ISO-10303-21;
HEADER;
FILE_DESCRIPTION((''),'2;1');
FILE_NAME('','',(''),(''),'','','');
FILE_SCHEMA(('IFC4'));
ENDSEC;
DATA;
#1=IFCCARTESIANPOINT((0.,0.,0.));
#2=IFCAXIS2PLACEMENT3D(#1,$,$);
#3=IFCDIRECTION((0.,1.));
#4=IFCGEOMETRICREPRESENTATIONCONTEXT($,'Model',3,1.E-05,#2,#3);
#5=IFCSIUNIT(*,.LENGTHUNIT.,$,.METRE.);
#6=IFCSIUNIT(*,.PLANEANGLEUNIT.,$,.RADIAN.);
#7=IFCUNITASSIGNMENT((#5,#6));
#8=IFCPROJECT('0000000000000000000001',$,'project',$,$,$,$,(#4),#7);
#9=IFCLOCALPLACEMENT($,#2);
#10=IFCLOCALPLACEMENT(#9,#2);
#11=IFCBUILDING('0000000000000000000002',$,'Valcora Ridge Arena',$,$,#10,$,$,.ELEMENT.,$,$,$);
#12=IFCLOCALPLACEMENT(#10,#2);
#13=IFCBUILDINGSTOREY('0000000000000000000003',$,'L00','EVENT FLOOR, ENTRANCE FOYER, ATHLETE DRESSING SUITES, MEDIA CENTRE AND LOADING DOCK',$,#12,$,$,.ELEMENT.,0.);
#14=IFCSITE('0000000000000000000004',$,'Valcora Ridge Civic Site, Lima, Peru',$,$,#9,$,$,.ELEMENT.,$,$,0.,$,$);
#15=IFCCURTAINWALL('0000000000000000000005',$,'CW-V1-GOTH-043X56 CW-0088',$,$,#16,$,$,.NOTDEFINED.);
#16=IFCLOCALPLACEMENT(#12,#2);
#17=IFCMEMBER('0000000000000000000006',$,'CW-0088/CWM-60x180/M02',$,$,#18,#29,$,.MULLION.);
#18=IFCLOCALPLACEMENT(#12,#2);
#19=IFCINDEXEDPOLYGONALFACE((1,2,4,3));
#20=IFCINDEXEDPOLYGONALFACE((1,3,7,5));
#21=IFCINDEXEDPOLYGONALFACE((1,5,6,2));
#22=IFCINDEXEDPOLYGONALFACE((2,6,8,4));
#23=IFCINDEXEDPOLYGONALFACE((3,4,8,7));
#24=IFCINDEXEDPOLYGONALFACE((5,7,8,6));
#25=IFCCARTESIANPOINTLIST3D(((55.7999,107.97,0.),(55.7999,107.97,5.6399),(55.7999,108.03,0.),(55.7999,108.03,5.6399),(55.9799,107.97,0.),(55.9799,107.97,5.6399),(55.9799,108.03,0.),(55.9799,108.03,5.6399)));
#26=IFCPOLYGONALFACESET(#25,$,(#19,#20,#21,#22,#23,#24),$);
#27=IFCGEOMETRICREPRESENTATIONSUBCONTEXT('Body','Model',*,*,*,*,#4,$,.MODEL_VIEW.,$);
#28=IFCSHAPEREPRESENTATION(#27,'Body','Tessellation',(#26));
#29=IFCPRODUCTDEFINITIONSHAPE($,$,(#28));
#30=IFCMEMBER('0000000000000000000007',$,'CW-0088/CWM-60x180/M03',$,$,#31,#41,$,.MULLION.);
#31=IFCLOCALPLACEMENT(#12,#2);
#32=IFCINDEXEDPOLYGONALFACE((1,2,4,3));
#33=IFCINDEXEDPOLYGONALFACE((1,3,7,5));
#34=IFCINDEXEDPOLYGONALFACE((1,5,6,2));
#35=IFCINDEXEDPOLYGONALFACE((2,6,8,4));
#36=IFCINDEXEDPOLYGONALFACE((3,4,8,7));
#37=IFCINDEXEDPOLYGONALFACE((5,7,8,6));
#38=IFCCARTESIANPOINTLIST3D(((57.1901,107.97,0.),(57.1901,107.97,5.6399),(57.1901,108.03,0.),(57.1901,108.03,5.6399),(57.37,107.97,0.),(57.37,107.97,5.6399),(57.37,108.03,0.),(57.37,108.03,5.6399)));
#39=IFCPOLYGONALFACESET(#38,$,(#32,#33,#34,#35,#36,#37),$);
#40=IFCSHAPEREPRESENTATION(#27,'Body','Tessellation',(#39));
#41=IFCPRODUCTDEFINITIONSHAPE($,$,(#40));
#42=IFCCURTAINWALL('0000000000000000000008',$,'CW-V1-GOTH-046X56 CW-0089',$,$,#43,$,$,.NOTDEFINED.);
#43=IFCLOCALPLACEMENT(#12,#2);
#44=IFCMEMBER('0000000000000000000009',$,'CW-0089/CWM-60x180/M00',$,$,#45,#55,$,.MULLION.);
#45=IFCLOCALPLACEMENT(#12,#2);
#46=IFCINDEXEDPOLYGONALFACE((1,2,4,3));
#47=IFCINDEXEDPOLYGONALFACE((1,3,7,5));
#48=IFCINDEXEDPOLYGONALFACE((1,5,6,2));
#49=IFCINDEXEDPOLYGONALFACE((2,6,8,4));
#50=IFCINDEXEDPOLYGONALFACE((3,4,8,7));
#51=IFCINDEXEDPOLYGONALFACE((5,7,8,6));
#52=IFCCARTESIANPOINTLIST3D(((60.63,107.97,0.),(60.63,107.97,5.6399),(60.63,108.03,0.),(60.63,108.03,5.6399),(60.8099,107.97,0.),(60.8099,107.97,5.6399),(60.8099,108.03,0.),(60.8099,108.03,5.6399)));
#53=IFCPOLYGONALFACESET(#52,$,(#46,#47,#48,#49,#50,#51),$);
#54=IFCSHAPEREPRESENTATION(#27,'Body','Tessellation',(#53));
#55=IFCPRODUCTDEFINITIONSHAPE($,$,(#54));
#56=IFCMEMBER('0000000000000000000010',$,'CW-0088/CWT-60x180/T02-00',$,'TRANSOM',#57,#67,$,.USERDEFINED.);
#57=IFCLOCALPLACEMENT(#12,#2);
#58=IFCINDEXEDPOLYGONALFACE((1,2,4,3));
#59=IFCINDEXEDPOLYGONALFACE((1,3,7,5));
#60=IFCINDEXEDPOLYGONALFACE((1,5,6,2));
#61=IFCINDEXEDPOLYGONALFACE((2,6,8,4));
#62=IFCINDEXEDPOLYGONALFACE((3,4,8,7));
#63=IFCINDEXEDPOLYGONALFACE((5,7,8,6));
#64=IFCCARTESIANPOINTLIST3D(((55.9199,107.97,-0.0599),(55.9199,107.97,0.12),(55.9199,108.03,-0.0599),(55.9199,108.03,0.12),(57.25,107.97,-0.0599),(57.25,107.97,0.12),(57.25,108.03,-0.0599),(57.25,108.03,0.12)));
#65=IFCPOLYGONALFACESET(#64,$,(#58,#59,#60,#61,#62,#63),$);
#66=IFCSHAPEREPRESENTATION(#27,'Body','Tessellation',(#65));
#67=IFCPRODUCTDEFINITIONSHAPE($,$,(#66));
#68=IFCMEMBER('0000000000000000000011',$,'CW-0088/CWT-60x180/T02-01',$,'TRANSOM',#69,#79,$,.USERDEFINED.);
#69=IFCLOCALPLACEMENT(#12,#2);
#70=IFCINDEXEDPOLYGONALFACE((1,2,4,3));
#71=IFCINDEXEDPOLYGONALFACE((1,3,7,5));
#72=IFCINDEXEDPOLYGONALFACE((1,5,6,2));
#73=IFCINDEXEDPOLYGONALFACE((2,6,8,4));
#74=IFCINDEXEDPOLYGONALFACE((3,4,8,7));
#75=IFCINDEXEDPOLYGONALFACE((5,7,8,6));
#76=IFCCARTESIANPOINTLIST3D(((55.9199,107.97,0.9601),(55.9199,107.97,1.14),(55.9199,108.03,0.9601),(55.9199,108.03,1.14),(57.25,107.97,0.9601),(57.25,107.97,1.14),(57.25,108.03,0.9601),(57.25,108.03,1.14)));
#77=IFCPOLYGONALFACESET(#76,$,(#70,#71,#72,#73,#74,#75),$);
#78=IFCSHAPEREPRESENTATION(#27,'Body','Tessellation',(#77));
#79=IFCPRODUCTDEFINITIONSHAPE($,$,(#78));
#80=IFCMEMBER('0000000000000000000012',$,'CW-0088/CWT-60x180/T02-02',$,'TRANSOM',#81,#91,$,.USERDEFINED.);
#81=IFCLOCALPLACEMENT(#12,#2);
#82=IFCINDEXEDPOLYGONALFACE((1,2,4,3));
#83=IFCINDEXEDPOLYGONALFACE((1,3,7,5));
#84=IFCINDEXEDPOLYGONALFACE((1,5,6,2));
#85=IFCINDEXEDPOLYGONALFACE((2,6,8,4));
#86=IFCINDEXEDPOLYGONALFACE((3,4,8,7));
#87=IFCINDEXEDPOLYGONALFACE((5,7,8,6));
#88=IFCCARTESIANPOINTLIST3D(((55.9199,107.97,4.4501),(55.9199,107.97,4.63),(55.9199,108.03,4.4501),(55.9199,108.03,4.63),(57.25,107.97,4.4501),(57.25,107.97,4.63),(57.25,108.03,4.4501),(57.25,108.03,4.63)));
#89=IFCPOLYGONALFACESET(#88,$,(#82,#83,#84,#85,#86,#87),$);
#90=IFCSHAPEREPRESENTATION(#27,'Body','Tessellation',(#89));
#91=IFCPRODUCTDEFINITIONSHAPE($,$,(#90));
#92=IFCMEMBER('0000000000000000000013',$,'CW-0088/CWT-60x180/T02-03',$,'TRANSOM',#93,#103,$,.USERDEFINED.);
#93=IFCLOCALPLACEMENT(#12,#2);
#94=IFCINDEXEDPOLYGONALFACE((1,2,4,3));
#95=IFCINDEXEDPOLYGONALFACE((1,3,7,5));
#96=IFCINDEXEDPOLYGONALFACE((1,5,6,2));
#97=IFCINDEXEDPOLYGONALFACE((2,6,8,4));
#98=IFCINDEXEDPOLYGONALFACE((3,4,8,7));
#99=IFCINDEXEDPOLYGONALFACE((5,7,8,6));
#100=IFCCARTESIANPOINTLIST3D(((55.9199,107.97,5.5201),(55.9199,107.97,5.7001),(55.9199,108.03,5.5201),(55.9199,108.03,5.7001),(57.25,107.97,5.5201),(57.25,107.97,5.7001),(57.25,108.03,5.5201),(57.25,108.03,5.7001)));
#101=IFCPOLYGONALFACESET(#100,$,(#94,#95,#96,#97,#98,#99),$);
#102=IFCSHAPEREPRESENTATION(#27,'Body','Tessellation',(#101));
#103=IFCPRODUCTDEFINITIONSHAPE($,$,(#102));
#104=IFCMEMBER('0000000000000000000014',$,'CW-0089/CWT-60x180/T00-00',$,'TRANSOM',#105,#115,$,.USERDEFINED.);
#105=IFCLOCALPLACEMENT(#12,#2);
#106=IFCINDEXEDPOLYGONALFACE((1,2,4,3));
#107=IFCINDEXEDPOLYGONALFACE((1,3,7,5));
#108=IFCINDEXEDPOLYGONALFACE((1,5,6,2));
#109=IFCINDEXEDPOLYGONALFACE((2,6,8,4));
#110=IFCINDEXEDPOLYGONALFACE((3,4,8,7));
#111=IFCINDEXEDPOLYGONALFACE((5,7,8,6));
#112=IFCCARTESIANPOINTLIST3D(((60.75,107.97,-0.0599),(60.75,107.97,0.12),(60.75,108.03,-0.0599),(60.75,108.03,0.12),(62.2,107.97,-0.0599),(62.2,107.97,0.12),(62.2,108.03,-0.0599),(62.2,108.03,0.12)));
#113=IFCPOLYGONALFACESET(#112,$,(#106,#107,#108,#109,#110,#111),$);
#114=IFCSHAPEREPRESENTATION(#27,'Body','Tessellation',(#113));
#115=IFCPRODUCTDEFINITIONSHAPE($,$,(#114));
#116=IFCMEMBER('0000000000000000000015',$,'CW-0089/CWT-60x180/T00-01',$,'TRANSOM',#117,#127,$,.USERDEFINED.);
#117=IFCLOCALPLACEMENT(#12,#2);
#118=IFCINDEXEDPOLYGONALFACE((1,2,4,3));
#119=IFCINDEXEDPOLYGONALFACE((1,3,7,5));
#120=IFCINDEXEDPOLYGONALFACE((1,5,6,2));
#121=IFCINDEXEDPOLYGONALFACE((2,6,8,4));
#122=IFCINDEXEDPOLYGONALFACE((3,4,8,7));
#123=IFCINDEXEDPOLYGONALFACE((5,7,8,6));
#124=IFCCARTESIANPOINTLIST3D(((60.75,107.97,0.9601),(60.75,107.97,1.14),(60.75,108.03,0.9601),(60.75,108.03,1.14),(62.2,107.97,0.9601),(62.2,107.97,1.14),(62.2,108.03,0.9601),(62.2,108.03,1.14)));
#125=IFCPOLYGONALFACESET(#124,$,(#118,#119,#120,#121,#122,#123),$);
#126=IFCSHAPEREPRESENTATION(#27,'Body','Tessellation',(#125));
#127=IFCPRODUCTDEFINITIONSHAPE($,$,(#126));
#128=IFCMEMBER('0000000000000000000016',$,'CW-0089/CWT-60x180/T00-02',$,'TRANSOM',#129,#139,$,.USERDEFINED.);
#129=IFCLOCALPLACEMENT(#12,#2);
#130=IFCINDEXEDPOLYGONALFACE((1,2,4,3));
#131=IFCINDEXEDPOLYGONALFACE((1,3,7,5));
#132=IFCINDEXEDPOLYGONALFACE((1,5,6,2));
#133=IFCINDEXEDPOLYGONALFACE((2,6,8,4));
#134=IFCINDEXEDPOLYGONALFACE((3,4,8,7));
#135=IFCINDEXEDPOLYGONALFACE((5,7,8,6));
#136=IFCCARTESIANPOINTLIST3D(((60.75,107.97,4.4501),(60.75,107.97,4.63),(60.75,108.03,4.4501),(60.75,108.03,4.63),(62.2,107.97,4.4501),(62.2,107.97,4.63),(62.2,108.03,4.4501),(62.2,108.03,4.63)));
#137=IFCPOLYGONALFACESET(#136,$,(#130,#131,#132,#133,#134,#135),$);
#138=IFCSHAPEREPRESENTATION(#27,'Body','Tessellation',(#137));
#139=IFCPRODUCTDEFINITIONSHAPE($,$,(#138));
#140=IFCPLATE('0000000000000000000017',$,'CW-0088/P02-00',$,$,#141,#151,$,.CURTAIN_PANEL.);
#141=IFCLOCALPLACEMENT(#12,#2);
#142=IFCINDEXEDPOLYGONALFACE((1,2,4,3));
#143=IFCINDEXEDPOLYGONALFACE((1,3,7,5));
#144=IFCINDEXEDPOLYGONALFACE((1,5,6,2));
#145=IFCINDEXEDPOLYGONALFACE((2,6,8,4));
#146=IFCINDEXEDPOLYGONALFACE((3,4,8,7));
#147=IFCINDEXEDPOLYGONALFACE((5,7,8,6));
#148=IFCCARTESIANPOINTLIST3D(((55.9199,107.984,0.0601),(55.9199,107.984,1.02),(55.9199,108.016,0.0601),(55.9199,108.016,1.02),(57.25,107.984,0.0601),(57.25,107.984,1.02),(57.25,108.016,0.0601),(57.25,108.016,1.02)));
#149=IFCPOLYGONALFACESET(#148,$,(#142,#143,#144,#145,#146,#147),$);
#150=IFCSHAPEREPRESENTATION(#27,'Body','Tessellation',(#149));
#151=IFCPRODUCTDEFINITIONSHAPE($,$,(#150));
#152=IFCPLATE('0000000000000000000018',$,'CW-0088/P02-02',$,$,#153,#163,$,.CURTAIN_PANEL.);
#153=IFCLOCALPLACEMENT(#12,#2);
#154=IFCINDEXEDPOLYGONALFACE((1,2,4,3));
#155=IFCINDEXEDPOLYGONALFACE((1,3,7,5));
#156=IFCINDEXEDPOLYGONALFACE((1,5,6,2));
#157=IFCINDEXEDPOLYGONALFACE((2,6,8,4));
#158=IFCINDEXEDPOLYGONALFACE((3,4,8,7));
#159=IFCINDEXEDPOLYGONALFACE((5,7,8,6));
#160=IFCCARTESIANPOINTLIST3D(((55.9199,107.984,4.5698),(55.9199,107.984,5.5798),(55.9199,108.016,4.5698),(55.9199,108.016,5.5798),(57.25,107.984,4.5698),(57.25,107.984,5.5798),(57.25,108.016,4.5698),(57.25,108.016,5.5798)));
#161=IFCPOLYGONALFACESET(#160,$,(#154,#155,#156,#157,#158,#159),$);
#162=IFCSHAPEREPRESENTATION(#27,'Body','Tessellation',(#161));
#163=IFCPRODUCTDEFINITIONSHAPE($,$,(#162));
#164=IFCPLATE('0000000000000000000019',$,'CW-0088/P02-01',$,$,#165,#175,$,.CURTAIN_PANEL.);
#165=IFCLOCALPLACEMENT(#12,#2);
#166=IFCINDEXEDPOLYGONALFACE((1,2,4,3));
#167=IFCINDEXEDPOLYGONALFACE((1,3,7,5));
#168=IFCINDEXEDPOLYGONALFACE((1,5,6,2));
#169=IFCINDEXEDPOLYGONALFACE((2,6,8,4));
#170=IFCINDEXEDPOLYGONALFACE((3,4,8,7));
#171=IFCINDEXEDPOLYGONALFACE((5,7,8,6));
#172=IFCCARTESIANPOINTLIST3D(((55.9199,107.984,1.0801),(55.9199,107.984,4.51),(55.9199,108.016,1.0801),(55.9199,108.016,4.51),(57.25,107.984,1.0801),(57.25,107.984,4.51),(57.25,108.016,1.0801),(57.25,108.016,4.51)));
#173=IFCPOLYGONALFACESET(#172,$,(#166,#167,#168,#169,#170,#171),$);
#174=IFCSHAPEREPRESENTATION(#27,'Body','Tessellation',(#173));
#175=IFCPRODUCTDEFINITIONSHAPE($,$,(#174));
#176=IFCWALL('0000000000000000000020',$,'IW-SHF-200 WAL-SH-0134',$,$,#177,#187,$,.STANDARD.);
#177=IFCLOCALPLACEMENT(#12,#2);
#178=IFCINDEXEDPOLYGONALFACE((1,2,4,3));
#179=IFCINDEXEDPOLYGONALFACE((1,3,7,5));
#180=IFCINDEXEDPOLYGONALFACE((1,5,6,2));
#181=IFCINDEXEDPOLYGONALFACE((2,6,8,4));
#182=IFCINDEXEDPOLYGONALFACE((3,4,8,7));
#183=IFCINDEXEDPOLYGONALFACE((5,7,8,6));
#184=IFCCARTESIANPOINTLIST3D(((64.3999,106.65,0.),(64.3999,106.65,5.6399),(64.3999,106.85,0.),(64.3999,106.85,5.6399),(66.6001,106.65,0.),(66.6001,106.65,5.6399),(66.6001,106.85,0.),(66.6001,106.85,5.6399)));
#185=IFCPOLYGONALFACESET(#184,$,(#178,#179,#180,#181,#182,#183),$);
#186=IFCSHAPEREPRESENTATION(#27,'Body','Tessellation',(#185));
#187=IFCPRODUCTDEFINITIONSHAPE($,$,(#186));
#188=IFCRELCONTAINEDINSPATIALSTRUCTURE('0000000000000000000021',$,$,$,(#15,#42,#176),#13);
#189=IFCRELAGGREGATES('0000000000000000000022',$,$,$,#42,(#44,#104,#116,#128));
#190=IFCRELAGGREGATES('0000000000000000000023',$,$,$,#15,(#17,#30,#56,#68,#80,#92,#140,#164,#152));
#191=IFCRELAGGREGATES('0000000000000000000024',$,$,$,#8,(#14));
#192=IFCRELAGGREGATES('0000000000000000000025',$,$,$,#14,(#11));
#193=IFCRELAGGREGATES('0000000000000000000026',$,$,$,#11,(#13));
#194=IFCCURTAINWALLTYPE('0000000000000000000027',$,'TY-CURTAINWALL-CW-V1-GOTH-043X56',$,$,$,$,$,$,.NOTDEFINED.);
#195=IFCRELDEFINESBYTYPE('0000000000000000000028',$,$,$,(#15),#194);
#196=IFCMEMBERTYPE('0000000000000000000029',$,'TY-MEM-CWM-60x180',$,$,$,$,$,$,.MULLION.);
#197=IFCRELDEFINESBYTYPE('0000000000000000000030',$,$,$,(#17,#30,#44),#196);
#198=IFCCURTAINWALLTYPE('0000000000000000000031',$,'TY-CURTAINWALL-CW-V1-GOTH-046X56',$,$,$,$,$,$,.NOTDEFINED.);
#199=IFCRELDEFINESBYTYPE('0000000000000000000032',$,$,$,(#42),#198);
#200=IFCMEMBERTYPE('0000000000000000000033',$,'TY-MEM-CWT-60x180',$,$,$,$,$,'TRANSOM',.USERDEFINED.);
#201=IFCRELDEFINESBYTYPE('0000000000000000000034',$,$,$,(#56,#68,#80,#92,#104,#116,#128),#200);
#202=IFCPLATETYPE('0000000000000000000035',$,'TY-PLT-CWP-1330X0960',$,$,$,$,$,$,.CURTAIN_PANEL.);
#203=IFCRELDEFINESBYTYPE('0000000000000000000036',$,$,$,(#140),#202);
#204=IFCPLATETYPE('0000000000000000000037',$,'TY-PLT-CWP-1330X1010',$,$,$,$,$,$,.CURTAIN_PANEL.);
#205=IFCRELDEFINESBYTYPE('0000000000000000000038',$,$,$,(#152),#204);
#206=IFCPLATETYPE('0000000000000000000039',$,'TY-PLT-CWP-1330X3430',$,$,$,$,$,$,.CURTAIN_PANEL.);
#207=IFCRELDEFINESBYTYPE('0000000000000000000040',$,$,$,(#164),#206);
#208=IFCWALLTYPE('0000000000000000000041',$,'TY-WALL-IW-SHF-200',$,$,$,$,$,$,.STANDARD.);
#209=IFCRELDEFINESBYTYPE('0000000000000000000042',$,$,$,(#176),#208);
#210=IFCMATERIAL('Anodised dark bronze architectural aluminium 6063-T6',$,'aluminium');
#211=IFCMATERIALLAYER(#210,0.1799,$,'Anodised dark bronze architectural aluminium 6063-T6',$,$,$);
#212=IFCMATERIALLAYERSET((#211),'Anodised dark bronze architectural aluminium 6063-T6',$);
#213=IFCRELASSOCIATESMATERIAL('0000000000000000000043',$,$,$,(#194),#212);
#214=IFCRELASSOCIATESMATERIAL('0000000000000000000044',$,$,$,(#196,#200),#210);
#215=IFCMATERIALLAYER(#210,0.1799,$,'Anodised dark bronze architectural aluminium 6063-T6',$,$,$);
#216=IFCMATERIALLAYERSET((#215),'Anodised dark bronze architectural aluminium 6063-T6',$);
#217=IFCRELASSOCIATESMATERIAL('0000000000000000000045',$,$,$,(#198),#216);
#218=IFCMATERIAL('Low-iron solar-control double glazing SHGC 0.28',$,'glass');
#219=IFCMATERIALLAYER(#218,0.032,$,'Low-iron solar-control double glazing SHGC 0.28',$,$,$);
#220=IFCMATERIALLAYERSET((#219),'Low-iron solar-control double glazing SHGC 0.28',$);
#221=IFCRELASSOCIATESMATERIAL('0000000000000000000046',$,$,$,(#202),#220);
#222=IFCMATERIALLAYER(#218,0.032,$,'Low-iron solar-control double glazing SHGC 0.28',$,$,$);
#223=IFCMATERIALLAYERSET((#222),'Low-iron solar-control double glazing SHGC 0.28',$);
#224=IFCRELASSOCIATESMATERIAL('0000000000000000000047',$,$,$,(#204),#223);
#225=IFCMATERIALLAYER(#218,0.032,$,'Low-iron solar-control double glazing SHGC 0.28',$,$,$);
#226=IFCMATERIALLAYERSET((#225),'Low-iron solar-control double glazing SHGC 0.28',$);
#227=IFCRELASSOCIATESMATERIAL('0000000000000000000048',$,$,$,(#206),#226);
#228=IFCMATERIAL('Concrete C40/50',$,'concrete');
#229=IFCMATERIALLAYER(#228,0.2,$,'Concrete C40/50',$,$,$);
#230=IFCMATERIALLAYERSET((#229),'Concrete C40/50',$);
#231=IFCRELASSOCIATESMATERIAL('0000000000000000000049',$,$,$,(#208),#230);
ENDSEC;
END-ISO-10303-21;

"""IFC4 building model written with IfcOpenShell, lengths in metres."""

from ifc_helpers import new_model, si_unit, direction, frame, frame_2d, origin, origin_2d, place, context, subcontext, project, spatial, rectangle, extrude, material, layer, layer_set, material_profile, profile_set, type_object, element, aggregate, save


model = new_model("IFC4")

# Units and contexts
model_context = context("Model", 3, precision=1e-05, world=origin(), true_north=direction((0.0, 1.0)))
body_context = subcontext(model_context, "Body", "Model", "MODEL_VIEW")
ifc_project = project(units=[si_unit("LENGTHUNIT", "METRE"), si_unit("PLANEANGLEUNIT", "RADIAN")], contexts=[model_context])

# Site, building, storey
site_placement = place(None, origin())
site = spatial("IfcSite", under=ifc_project, at=site_placement, Name="Valcora Ridge Civic Site, Lima, Peru", CompositionType="ELEMENT", RefElevation=0.0)
building_placement = place(site_placement, origin())
building = spatial("IfcBuilding", under=site, at=building_placement, Name="Valcora Ridge Arena", CompositionType="ELEMENT")
storey_placement = place(building_placement, origin())
storey = spatial("IfcBuildingStorey", under=building, at=storey_placement, Name="L00", Description="EVENT FLOOR, ENTRANCE FOYER, ATHLETE DRESSING SUITES, MEDIA CENTRE AND LOADING DOCK", CompositionType="ELEMENT", Elevation=0.0)

# Curtain wall, members
ifc_material_1 = material(Name="Anodised dark bronze architectural aluminium 6063-T6", Category="aluminium")
ifc_layer_1 = layer(ifc_material_1, 0.1799, Name="Anodised dark bronze architectural aluminium 6063-T6")
ifc_layer_set_1 = layer_set([ifc_layer_1], Name="Anodised dark bronze architectural aluminium 6063-T6")
curtain_wall_type_1 = type_object("IfcCurtainWallType", Name="TY-CURTAINWALL-CW-V1-GOTH-043X56", PredefinedType="NOTDEFINED", material=ifc_layer_set_1)
curtain_wall_1_placement = place(storey_placement, origin())
curtain_wall_1 = element("IfcCurtainWall", 1, at=curtain_wall_1_placement, inside=storey, type_object=curtain_wall_type_1, Name="CW-V1-GOTH-043X56 CW-0088", PredefinedType="NOTDEFINED")
ifc_material_profile_1 = material_profile(ifc_material_1, rectangle(XDim=0.0601, YDim=0.1799, at=origin_2d()), Name="ALU MULLION 60x180")
ifc_profile_set_1 = profile_set([ifc_material_profile_1], Name="Anodised dark bronze architectural aluminium 6063-T6")
member_type_1 = type_object("IfcMemberType", Name="TY-MEM-CWM-60x180", PredefinedType="MULLION", material=ifc_profile_set_1)
member_1_placement = place(storey_placement, frame((55.8899, 108.0, 0.0), z_axis=(0.0, 0.0, 1.0), x_axis=(0.0, 1.0, 0.0)))
member_1 = element("IfcMember", 2, at=member_1_placement, type_object=member_type_1, Name="CW-0088/CWM-60x180/M02", PredefinedType="MULLION", context=body_context, shape_type="SweptSolid", body=[
    extrude(rectangle(XDim=0.0601, YDim=0.1799, at=origin_2d()), origin(), (0.0, 0.0, 1.0), 5.6399),
])
member_2_placement = place(storey_placement, frame((57.28, 108.0, 0.0), z_axis=(0.0, 0.0, 1.0), x_axis=(0.0, 1.0, 0.0)))
member_2 = element("IfcMember", 3, at=member_2_placement, type_object=member_type_1, Name="CW-0088/CWM-60x180/M03", PredefinedType="MULLION", context=body_context, shape_type="SweptSolid", body=[
    extrude(rectangle(XDim=0.0601, YDim=0.1799, at=origin_2d()), origin(), (0.0, 0.0, 1.0), 5.6399),
])

# Curtain wall, member
ifc_layer_2 = layer(ifc_material_1, 0.1799, Name="Anodised dark bronze architectural aluminium 6063-T6")
ifc_layer_set_2 = layer_set([ifc_layer_2], Name="Anodised dark bronze architectural aluminium 6063-T6")
curtain_wall_type_2 = type_object("IfcCurtainWallType", Name="TY-CURTAINWALL-CW-V1-GOTH-046X56", PredefinedType="NOTDEFINED", material=ifc_layer_set_2)
curtain_wall_2_placement = place(storey_placement, origin())
curtain_wall_2 = element("IfcCurtainWall", 4, at=curtain_wall_2_placement, inside=storey, type_object=curtain_wall_type_2, Name="CW-V1-GOTH-046X56 CW-0089", PredefinedType="NOTDEFINED")
member_3_placement = place(storey_placement, frame((60.72, 108.0, 0.0), z_axis=(0.0, 0.0, 1.0), x_axis=(0.0, 1.0, 0.0)))
member_3 = element("IfcMember", 5, at=member_3_placement, type_object=member_type_1, Name="CW-0089/CWM-60x180/M00", PredefinedType="MULLION", context=body_context, shape_type="SweptSolid", body=[
    extrude(rectangle(XDim=0.0601, YDim=0.1799, at=origin_2d()), origin(), (0.0, 0.0, 1.0), 5.6399),
])

# Members
ifc_material_profile_2 = material_profile(ifc_material_1, rectangle(XDim=0.0601, YDim=0.1799, at=origin_2d()), Name="ALU TRANSOM 60x180")
ifc_profile_set_2 = profile_set([ifc_material_profile_2], Name="Anodised dark bronze architectural aluminium 6063-T6")
member_type_2 = type_object("IfcMemberType", Name="TY-MEM-CWT-60x180", ElementType="TRANSOM", PredefinedType="USERDEFINED", material=ifc_profile_set_2)
member_4_placement = place(storey_placement, frame((55.9199, 108.0, 0.03), z_axis=(1.0, 0.0, 0.0), x_axis=(0.0, 1.0, 0.0)))
member_4 = element("IfcMember", 6, at=member_4_placement, type_object=member_type_2, Name="CW-0088/CWT-60x180/T02-00", ObjectType="TRANSOM", PredefinedType="USERDEFINED", context=body_context, shape_type="SweptSolid", body=[
    extrude(rectangle(XDim=0.0601, YDim=0.1799, at=origin_2d()), origin(), (0.0, 0.0, 1.0), 1.3301),
])
member_5_placement = place(storey_placement, frame((55.9199, 108.0, 1.05), z_axis=(1.0, 0.0, 0.0), x_axis=(0.0, 1.0, 0.0)))
member_5 = element("IfcMember", 7, at=member_5_placement, type_object=member_type_2, Name="CW-0088/CWT-60x180/T02-01", ObjectType="TRANSOM", PredefinedType="USERDEFINED", context=body_context, shape_type="SweptSolid", body=[
    extrude(rectangle(XDim=0.0601, YDim=0.1799, at=origin_2d()), origin(), (0.0, 0.0, 1.0), 1.3301),
])
member_6_placement = place(storey_placement, frame((55.9199, 108.0, 4.54), z_axis=(1.0, 0.0, 0.0), x_axis=(0.0, 1.0, 0.0)))
member_6 = element("IfcMember", 8, at=member_6_placement, type_object=member_type_2, Name="CW-0088/CWT-60x180/T02-02", ObjectType="TRANSOM", PredefinedType="USERDEFINED", context=body_context, shape_type="SweptSolid", body=[
    extrude(rectangle(XDim=0.0601, YDim=0.1799, at=origin_2d()), origin(), (0.0, 0.0, 1.0), 1.3301),
])
member_7_placement = place(storey_placement, frame((55.9199, 108.0, 5.6101), z_axis=(1.0, 0.0, 0.0), x_axis=(0.0, 1.0, 0.0)))
member_7 = element("IfcMember", 9, at=member_7_placement, type_object=member_type_2, Name="CW-0088/CWT-60x180/T02-03", ObjectType="TRANSOM", PredefinedType="USERDEFINED", context=body_context, shape_type="SweptSolid", body=[
    extrude(rectangle(XDim=0.0601, YDim=0.1799, at=origin_2d()), origin(), (0.0, 0.0, 1.0), 1.3301),
])
member_8_placement = place(storey_placement, frame((60.75, 108.0, 0.03), z_axis=(1.0, 0.0, 0.0), x_axis=(0.0, 1.0, 0.0)))
member_8 = element("IfcMember", 10, at=member_8_placement, type_object=member_type_2, Name="CW-0089/CWT-60x180/T00-00", ObjectType="TRANSOM", PredefinedType="USERDEFINED", context=body_context, shape_type="SweptSolid", body=[
    extrude(rectangle(XDim=0.0601, YDim=0.1799, at=origin_2d()), origin(), (0.0, 0.0, 1.0), 1.45),
])
member_9_placement = place(storey_placement, frame((60.75, 108.0, 1.05), z_axis=(1.0, 0.0, 0.0), x_axis=(0.0, 1.0, 0.0)))
member_9 = element("IfcMember", 11, at=member_9_placement, type_object=member_type_2, Name="CW-0089/CWT-60x180/T00-01", ObjectType="TRANSOM", PredefinedType="USERDEFINED", context=body_context, shape_type="SweptSolid", body=[
    extrude(rectangle(XDim=0.0601, YDim=0.1799, at=origin_2d()), origin(), (0.0, 0.0, 1.0), 1.45),
])
member_10_placement = place(storey_placement, frame((60.75, 108.0, 4.54), z_axis=(1.0, 0.0, 0.0), x_axis=(0.0, 1.0, 0.0)))
member_10 = element("IfcMember", 12, at=member_10_placement, type_object=member_type_2, Name="CW-0089/CWT-60x180/T00-02", ObjectType="TRANSOM", PredefinedType="USERDEFINED", context=body_context, shape_type="SweptSolid", body=[
    extrude(rectangle(XDim=0.0601, YDim=0.1799, at=origin_2d()), origin(), (0.0, 0.0, 1.0), 1.45),
])
aggregate(curtain_wall_2, [member_3, member_8, member_9, member_10])

# Plates
ifc_material_2 = material(Name="Low-iron solar-control double glazing SHGC 0.28", Category="glass")
ifc_layer_3 = layer(ifc_material_2, 0.032, Name="Low-iron solar-control double glazing SHGC 0.28")
ifc_layer_set_3 = layer_set([ifc_layer_3], Name="Low-iron solar-control double glazing SHGC 0.28")
plate_type_1 = type_object("IfcPlateType", Name="TY-PLT-CWP-1330X0960", PredefinedType="CURTAIN_PANEL", material=ifc_layer_set_3)
plate_1_placement = place(storey_placement, frame((56.585, 108.0, 0.0601), z_axis=(0.0, 0.0, 1.0), x_axis=(1.0, 0.0, 0.0)))
plate_1 = element("IfcPlate", 13, at=plate_1_placement, type_object=plate_type_1, Name="CW-0088/P02-00", PredefinedType="CURTAIN_PANEL", context=body_context, shape_type="SweptSolid", body=[
    extrude(rectangle(XDim=1.3301, YDim=0.032, at=origin_2d()), origin(), (0.0, 0.0, 1.0), 0.96),
])
ifc_layer_4 = layer(ifc_material_2, 0.032, Name="Low-iron solar-control double glazing SHGC 0.28")
ifc_layer_set_4 = layer_set([ifc_layer_4], Name="Low-iron solar-control double glazing SHGC 0.28")
plate_type_2 = type_object("IfcPlateType", Name="TY-PLT-CWP-1330X1010", PredefinedType="CURTAIN_PANEL", material=ifc_layer_set_4)
plate_2_placement = place(storey_placement, frame((56.585, 108.0, 4.5698), z_axis=(0.0, 0.0, 1.0), x_axis=(1.0, 0.0, 0.0)))
plate_2 = element("IfcPlate", 14, at=plate_2_placement, type_object=plate_type_2, Name="CW-0088/P02-02", PredefinedType="CURTAIN_PANEL", context=body_context, shape_type="SweptSolid", body=[
    extrude(rectangle(XDim=1.3301, YDim=0.032, at=origin_2d()), origin(), (0.0, 0.0, 1.0), 1.01),
])
ifc_layer_5 = layer(ifc_material_2, 0.032, Name="Low-iron solar-control double glazing SHGC 0.28")
ifc_layer_set_5 = layer_set([ifc_layer_5], Name="Low-iron solar-control double glazing SHGC 0.28")
plate_type_3 = type_object("IfcPlateType", Name="TY-PLT-CWP-1330X3430", PredefinedType="CURTAIN_PANEL", material=ifc_layer_set_5)
plate_3_placement = place(storey_placement, frame((56.585, 108.0, 1.0801), z_axis=(0.0, 0.0, 1.0), x_axis=(1.0, 0.0, 0.0)))
plate_3 = element("IfcPlate", 15, at=plate_3_placement, type_object=plate_type_3, Name="CW-0088/P02-01", PredefinedType="CURTAIN_PANEL", context=body_context, shape_type="SweptSolid", body=[
    extrude(rectangle(XDim=1.3301, YDim=0.032, at=origin_2d()), origin(), (0.0, 0.0, 1.0), 3.4299),
])
aggregate(curtain_wall_1, [member_1, member_2, member_4, member_5, member_6, member_7, plate_1, plate_3, plate_2])

# Shared definitions
ifc_material_3 = material(Name="Concrete C40/50", Category="concrete")
ifc_layer_6 = layer(ifc_material_3, 0.2, Name="Concrete C40/50")
ifc_layer_set_6 = layer_set([ifc_layer_6], Name="Concrete C40/50")
wall_type = type_object("IfcWallType", Name="TY-WALL-IW-SHF-200", PredefinedType="STANDARD", material=ifc_layer_set_6)

# Wall
wall_1_placement = place(storey_placement, frame((64.3999, 106.75, 0.0), z_axis=(0.0, 0.0, 1.0), x_axis=(1.0, 0.0, 0.0)))
element("IfcWall", 16, at=wall_1_placement, inside=storey, type_object=wall_type, Name="IW-SHF-200 WAL-SH-0134", PredefinedType="STANDARD", context=body_context, shape_type="SweptSolid", body=[
    extrude(rectangle(XDim=2.2002, YDim=0.2, at=frame_2d((1.1001, 0.0))), origin(), (0.0, 0.0, 1.0), 5.6399),
])

save(model, "model.ifc")
